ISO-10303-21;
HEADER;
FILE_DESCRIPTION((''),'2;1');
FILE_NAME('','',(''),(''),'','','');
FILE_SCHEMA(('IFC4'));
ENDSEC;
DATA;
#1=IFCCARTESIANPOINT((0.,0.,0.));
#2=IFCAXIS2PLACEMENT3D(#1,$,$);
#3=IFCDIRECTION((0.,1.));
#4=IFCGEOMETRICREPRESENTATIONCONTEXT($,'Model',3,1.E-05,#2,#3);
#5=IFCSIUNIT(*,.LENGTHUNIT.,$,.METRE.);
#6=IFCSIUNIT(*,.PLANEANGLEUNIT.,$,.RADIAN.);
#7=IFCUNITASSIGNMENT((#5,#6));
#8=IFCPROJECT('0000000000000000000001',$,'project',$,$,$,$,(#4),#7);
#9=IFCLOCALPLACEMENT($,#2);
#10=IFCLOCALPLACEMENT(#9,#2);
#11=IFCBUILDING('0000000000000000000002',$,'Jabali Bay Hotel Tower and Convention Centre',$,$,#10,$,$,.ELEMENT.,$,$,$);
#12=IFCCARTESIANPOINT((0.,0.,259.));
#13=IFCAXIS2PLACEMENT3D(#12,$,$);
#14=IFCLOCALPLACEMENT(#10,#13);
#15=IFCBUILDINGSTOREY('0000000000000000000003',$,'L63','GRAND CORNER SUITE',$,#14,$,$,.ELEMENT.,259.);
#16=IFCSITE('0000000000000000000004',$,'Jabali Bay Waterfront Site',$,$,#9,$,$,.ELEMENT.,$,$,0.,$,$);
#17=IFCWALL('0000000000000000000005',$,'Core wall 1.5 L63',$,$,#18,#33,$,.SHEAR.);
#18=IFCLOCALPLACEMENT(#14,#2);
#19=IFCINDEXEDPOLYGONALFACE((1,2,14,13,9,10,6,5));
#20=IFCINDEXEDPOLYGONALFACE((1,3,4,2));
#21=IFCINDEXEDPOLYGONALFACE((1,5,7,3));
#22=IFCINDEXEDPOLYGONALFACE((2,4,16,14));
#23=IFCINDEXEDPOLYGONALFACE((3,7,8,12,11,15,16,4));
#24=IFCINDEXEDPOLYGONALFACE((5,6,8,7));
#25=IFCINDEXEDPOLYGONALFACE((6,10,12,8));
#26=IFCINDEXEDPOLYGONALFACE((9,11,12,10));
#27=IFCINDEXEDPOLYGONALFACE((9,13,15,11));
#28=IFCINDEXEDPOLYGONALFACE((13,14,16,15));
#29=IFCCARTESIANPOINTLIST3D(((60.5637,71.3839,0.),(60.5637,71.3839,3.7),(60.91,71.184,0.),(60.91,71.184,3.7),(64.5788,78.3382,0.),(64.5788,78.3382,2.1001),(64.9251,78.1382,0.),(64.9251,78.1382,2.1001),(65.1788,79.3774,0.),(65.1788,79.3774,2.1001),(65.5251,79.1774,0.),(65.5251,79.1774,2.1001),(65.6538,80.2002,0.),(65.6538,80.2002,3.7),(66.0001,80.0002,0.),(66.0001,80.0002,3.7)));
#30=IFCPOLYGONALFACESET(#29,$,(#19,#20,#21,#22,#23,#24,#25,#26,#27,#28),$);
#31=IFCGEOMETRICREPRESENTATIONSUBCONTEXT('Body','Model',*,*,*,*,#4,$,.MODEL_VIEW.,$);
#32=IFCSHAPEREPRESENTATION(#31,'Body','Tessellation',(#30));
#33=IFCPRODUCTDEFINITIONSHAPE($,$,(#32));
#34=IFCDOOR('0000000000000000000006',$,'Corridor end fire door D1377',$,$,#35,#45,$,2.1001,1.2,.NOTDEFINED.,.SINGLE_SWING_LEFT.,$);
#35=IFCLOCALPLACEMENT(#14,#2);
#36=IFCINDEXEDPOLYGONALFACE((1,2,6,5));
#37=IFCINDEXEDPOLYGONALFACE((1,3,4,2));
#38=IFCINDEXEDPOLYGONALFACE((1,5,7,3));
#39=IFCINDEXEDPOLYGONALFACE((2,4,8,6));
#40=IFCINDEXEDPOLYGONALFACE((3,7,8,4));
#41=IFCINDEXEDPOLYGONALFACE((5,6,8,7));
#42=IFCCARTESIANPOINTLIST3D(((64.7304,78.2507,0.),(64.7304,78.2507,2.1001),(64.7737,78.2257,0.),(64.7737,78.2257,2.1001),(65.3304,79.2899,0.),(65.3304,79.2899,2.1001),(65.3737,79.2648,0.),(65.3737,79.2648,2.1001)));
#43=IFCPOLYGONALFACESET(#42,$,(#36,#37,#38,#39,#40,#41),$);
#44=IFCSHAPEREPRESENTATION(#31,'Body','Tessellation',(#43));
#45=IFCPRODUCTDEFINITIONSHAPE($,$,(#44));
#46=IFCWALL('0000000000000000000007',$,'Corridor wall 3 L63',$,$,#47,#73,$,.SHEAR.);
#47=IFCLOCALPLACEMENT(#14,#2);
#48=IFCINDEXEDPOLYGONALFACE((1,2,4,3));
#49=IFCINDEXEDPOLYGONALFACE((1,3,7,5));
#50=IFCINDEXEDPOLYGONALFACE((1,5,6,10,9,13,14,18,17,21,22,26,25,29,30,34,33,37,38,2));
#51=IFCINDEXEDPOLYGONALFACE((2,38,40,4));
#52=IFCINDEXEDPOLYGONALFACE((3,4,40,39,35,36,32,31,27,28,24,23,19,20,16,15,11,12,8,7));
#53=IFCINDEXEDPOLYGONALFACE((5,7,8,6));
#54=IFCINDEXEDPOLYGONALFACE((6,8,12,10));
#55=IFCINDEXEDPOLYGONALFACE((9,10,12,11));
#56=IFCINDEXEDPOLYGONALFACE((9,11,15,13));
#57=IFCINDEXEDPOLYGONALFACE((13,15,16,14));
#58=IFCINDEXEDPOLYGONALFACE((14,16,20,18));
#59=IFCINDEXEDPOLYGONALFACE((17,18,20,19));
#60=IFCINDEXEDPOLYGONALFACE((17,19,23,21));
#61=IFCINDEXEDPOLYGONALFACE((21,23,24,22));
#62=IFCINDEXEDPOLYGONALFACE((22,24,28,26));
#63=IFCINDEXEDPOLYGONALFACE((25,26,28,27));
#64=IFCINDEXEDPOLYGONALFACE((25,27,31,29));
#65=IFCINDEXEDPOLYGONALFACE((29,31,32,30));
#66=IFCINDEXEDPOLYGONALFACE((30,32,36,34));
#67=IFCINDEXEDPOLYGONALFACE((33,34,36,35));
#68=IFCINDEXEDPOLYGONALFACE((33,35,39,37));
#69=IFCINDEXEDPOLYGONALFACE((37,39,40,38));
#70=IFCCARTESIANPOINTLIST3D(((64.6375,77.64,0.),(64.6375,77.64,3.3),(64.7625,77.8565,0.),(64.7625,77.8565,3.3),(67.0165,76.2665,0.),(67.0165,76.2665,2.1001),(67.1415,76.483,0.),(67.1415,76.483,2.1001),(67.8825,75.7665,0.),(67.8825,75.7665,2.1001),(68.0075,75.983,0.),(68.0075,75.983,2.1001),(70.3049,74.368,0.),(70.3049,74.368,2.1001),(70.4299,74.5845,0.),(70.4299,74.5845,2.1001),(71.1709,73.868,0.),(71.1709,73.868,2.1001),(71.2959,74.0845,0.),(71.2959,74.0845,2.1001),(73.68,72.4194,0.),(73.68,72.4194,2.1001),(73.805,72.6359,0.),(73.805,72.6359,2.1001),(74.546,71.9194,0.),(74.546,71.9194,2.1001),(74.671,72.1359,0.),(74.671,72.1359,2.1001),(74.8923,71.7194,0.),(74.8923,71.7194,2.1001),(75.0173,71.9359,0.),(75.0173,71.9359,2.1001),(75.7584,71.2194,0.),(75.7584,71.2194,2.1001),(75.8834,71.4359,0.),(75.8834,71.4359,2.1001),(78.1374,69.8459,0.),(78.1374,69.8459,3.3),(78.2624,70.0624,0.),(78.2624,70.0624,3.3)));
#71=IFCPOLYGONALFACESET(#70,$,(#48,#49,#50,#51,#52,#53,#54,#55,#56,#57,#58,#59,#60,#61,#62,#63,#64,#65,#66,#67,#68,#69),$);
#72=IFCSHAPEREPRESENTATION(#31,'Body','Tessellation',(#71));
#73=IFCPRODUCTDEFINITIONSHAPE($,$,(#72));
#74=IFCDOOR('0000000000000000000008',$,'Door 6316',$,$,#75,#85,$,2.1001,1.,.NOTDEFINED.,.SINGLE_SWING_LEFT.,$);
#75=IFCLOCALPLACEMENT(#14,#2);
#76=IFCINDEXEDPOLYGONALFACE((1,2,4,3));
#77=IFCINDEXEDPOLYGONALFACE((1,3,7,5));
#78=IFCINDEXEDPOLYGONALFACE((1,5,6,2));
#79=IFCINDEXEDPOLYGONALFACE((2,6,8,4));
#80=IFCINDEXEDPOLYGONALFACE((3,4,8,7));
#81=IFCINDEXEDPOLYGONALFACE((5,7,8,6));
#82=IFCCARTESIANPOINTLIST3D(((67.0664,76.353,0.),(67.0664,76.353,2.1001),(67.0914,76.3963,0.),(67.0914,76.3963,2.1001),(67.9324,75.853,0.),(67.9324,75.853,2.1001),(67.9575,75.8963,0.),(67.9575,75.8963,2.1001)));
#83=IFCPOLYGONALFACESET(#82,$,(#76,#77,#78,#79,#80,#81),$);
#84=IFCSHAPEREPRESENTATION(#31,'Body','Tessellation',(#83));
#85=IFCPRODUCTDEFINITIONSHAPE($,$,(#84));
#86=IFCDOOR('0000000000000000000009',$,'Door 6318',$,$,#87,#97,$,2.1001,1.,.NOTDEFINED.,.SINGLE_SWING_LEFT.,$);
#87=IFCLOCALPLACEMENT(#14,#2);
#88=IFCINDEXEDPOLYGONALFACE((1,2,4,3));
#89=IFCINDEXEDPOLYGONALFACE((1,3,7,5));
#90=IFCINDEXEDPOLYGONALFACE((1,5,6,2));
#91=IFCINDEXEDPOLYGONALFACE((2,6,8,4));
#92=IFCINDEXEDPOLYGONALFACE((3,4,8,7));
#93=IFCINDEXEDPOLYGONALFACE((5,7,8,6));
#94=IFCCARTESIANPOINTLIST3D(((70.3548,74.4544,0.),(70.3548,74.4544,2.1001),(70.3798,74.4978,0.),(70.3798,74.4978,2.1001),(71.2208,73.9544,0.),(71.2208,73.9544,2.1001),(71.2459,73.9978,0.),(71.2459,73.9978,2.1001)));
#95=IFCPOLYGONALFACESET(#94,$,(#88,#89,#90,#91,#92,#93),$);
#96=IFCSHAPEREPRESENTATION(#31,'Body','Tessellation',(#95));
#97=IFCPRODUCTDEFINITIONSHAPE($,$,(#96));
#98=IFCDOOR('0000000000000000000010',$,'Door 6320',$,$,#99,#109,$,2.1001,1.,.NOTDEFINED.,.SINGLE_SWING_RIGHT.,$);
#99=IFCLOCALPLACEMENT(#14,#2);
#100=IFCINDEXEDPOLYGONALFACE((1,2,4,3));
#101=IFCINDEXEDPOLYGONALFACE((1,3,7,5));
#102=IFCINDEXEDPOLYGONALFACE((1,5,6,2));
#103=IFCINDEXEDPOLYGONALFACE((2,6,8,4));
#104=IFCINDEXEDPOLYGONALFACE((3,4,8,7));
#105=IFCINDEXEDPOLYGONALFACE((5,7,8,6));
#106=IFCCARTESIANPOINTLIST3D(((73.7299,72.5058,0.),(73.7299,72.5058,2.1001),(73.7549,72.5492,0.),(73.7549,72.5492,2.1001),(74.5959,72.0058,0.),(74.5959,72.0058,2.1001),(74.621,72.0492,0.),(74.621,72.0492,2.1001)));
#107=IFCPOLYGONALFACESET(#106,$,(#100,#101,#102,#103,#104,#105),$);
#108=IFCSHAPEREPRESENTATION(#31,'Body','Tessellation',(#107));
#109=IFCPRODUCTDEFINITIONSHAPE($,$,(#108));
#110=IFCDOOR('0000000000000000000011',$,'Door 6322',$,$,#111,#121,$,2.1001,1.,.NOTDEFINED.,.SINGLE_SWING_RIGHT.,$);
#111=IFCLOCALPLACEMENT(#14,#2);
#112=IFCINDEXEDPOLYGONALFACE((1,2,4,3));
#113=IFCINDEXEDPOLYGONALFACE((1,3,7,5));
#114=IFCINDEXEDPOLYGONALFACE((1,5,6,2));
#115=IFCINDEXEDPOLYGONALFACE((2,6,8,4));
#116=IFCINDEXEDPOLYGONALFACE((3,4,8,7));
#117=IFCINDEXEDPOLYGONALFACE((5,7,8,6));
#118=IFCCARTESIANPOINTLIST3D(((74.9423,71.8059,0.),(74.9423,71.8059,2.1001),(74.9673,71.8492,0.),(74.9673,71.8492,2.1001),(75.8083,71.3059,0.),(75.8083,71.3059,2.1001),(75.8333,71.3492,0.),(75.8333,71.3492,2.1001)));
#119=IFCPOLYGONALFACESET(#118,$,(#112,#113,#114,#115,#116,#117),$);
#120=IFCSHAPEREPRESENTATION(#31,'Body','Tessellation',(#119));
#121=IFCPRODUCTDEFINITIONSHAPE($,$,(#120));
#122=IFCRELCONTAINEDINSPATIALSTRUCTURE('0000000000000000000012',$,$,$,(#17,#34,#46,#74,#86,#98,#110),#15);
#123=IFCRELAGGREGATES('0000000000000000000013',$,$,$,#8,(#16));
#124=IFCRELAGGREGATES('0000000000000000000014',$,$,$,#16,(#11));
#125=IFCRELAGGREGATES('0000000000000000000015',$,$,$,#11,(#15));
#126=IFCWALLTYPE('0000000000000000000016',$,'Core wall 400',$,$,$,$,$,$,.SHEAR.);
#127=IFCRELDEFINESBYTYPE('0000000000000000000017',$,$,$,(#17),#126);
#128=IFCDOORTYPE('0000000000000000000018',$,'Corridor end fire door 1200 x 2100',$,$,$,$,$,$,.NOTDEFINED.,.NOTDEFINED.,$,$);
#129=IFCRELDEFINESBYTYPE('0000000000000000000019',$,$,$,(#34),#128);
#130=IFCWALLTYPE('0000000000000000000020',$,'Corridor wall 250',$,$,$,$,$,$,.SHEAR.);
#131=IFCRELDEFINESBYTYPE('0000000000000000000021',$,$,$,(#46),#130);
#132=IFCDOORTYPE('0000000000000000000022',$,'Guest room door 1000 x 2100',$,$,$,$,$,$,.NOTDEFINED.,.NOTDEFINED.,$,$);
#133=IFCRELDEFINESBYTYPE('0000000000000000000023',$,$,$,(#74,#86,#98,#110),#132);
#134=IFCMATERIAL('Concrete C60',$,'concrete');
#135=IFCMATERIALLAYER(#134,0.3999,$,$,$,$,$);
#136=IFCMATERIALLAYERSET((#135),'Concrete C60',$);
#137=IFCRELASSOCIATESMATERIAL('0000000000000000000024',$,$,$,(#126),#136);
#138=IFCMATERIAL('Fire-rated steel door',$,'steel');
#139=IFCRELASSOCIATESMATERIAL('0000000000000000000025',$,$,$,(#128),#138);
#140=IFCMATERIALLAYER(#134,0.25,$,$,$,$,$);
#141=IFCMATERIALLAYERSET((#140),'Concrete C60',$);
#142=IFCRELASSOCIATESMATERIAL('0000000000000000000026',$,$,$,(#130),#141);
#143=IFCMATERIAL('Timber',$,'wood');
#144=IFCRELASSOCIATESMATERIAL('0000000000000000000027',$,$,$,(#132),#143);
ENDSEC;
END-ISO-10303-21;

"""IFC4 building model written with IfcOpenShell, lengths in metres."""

from ifc_helpers import new_model, si_unit, direction, frame, frame_2d, origin, place, context, subcontext, project, spatial, rectangle, extrude, material, layer, layer_set, type_object, element, fill, save


model = new_model("IFC4")

# Units and contexts
model_context = context("Model", 3, precision=1e-05, world=origin(), true_north=direction((0.0, 1.0)))
body_context = subcontext(model_context, "Body", "Model", "MODEL_VIEW")
ifc_project = project(units=[si_unit("LENGTHUNIT", "METRE"), si_unit("PLANEANGLEUNIT", "RADIAN")], contexts=[model_context])

# Site, building, storey
site_placement = place(None, origin())
site = spatial("IfcSite", under=ifc_project, at=site_placement, Name="Jabali Bay Waterfront Site", CompositionType="ELEMENT", RefElevation=0.0)
building_placement = place(site_placement, origin())
building = spatial("IfcBuilding", under=site, at=building_placement, Name="Jabali Bay Hotel Tower and Convention Centre", CompositionType="ELEMENT")
storey_placement = place(building_placement, frame((0.0, 0.0, 259.0)))
storey = spatial("IfcBuildingStorey", under=building, at=storey_placement, Name="L63", Description="GRAND CORNER SUITE", CompositionType="ELEMENT", Elevation=259.0)

# Shared definitions
ifc_material_1 = material(Name="Concrete C60", Category="concrete")

# Shared definitions
ifc_material_2 = material(Name="Fire-rated steel door", Category="steel")

# Wall, opening, door
ifc_layer_1 = layer(ifc_material_1, 0.3999)
ifc_layer_set_1 = layer_set([ifc_layer_1], Name="Concrete C60")
wall_type_1 = type_object("IfcWallType", Name="Core wall 400", PredefinedType="SHEAR", material=ifc_layer_set_1)
wall_1_placement = place(storey_placement, frame((60.7368, 71.2839, 0.0), z_axis=(0.0, 0.0, 1.0), x_axis=(0.500005, 0.866022, 0.0)))
wall_1 = element("IfcWall", 1, at=wall_1_placement, inside=storey, type_object=wall_type_1, Name="Core wall 1.5 L63", PredefinedType="SHEAR", context=body_context, shape_type="SweptSolid", body=[
    extrude(rectangle(XDim=10.1802, YDim=0.3999, at=frame_2d((5.0901, 0.0))), origin(), (0.0, 0.0, 1.0), 3.7),
])
opening_1_placement = place(wall_1_placement, frame((8.03, 0.0, 0.0)))
opening_1 = element("IfcOpeningElement", 2, at=opening_1_placement, cuts=wall_1, PredefinedType="OPENING", context=body_context, shape_type="SweptSolid", body=[
    extrude(rectangle(XDim=1.2, YDim=2.1001, at=frame_2d((0.6001, 1.05))), frame((0.0, 0.2104, 0.0), z_axis=(0.0, -1.0, 0.0), x_axis=(1.0, 0.0, 0.0)), (0.0, 0.0, 1.0), 0.4209),
])
door_type_1 = type_object("IfcDoorType", Name="Corridor end fire door 1200 x 2100", OperationType="NOTDEFINED", PredefinedType="NOTDEFINED", material=ifc_material_2)
door_1_placement = place(opening_1_placement, origin())
door_1 = element("IfcDoor", 3, at=door_1_placement, inside=storey, type_object=door_type_1, Name="Corridor end fire door D1377", OperationType="SINGLE_SWING_LEFT", OverallHeight=2.1001, OverallWidth=1.2, PredefinedType="NOTDEFINED", context=body_context, shape_type="SweptSolid", body=[
    extrude(rectangle(XDim=1.2, YDim=2.1001, at=frame_2d((0.6001, 1.05))), frame((0.0, 0.0249, 0.0), z_axis=(0.0, -1.0, 0.0), x_axis=(1.0, 0.0, 0.0)), (0.0, 0.0, 1.0), 0.05),
])
fill(opening_1, door_1)

# Wall, openings, doors
ifc_layer_2 = layer(ifc_material_1, 0.25)
ifc_layer_set_2 = layer_set([ifc_layer_2], Name="Concrete C60")
wall_type_2 = type_object("IfcWallType", Name="Corridor wall 250", PredefinedType="SHEAR", material=ifc_layer_set_2)
wall_2_placement = place(storey_placement, frame((64.7, 77.7483, 0.0), z_axis=(0.0, 0.0, 1.0), x_axis=(0.866026, -0.499998, 0.0)))
wall_2 = element("IfcWall", 4, at=wall_2_placement, inside=storey, type_object=wall_type_2, Name="Corridor wall 3 L63", PredefinedType="SHEAR", context=body_context, shape_type="SweptSolid", body=[
    extrude(rectangle(XDim=15.5884, YDim=0.25, at=frame_2d((7.7942, 0.0))), origin(), (0.0, 0.0, 1.0), 3.3),
])
opening_2_placement = place(wall_2_placement, frame((2.7471, 0.0, 0.0)))
opening_2 = element("IfcOpeningElement", 5, at=opening_2_placement, cuts=wall_2, PredefinedType="OPENING", context=body_context, shape_type="SweptSolid", body=[
    extrude(rectangle(XDim=1.0, YDim=2.1001, at=frame_2d((0.5, 1.05))), frame((0.0, 0.1355, 0.0), z_axis=(0.0, -1.0, 0.0), x_axis=(1.0, 0.0, 0.0)), (0.0, 0.0, 1.0), 0.271),
])
opening_3_placement = place(wall_2_placement, frame((6.5442, 0.0, 0.0)))
opening_3 = element("IfcOpeningElement", 6, at=opening_3_placement, cuts=wall_2, PredefinedType="OPENING", context=body_context, shape_type="SweptSolid", body=[
    extrude(rectangle(XDim=1.0, YDim=2.1001, at=frame_2d((0.5, 1.05))), frame((0.0, 0.1355, 0.0), z_axis=(0.0, -1.0, 0.0), x_axis=(1.0, 0.0, 0.0)), (0.0, 0.0, 1.0), 0.271),
])
opening_4_placement = place(wall_2_placement, frame((10.4414, 0.0, 0.0)))
opening_4 = element("IfcOpeningElement", 7, at=opening_4_placement, cuts=wall_2, PredefinedType="OPENING", context=body_context, shape_type="SweptSolid", body=[
    extrude(rectangle(XDim=1.0, YDim=2.1001, at=frame_2d((0.5, 1.05))), frame((0.0, 0.1355, 0.0), z_axis=(0.0, -1.0, 0.0), x_axis=(1.0, 0.0, 0.0)), (0.0, 0.0, 1.0), 0.271),
])
opening_5_placement = place(wall_2_placement, frame((11.8413, 0.0, 0.0)))
opening_5 = element("IfcOpeningElement", 8, at=opening_5_placement, cuts=wall_2, PredefinedType="OPENING", context=body_context, shape_type="SweptSolid", body=[
    extrude(rectangle(XDim=1.0, YDim=2.1001, at=frame_2d((0.5, 1.05))), frame((0.0, 0.1355, 0.0), z_axis=(0.0, -1.0, 0.0), x_axis=(1.0, 0.0, 0.0)), (0.0, 0.0, 1.0), 0.271),
])
ifc_material_3 = material(Name="Timber", Category="wood")
door_type_2 = type_object("IfcDoorType", Name="Guest room door 1000 x 2100", OperationType="NOTDEFINED", PredefinedType="NOTDEFINED", material=ifc_material_3)
door_2_placement = place(opening_2_placement, origin())
door_2 = element("IfcDoor", 9, at=door_2_placement, inside=storey, type_object=door_type_2, Name="Door 6316", OperationType="SINGLE_SWING_LEFT", OverallHeight=2.1001, OverallWidth=1.0, PredefinedType="NOTDEFINED", context=body_context, shape_type="SweptSolid", body=[
    extrude(rectangle(XDim=1.0, YDim=2.1001, at=frame_2d((0.5, 1.05))), frame((0.0, 0.0249, 0.0), z_axis=(0.0, -1.0, 0.0), x_axis=(1.0, 0.0, 0.0)), (0.0, 0.0, 1.0), 0.05),
])
fill(opening_2, door_2)
door_3_placement = place(opening_3_placement, origin())
door_3 = element("IfcDoor", 10, at=door_3_placement, inside=storey, type_object=door_type_2, Name="Door 6318", OperationType="SINGLE_SWING_LEFT", OverallHeight=2.1001, OverallWidth=1.0, PredefinedType="NOTDEFINED", context=body_context, shape_type="SweptSolid", body=[
    extrude(rectangle(XDim=1.0, YDim=2.1001, at=frame_2d((0.5, 1.05))), frame((0.0, 0.0249, 0.0), z_axis=(0.0, -1.0, 0.0), x_axis=(1.0, 0.0, 0.0)), (0.0, 0.0, 1.0), 0.05),
])
fill(opening_3, door_3)
door_4_placement = place(opening_4_placement, origin())
door_4 = element("IfcDoor", 11, at=door_4_placement, inside=storey, type_object=door_type_2, Name="Door 6320", OperationType="SINGLE_SWING_RIGHT", OverallHeight=2.1001, OverallWidth=1.0, PredefinedType="NOTDEFINED", context=body_context, shape_type="SweptSolid", body=[
    extrude(rectangle(XDim=1.0, YDim=2.1001, at=frame_2d((0.5, 1.05))), frame((0.0, 0.0249, 0.0), z_axis=(0.0, -1.0, 0.0), x_axis=(1.0, 0.0, 0.0)), (0.0, 0.0, 1.0), 0.05),
])
fill(opening_4, door_4)
door_5_placement = place(opening_5_placement, origin())
door_5 = element("IfcDoor", 12, at=door_5_placement, inside=storey, type_object=door_type_2, Name="Door 6322", OperationType="SINGLE_SWING_RIGHT", OverallHeight=2.1001, OverallWidth=1.0, PredefinedType="NOTDEFINED", context=body_context, shape_type="SweptSolid", body=[
    extrude(rectangle(XDim=1.0, YDim=2.1001, at=frame_2d((0.5, 1.05))), frame((0.0, 0.0249, 0.0), z_axis=(0.0, -1.0, 0.0), x_axis=(1.0, 0.0, 0.0)), (0.0, 0.0, 1.0), 0.05),
])
fill(opening_5, door_5)

save(model, "model.ifc")
